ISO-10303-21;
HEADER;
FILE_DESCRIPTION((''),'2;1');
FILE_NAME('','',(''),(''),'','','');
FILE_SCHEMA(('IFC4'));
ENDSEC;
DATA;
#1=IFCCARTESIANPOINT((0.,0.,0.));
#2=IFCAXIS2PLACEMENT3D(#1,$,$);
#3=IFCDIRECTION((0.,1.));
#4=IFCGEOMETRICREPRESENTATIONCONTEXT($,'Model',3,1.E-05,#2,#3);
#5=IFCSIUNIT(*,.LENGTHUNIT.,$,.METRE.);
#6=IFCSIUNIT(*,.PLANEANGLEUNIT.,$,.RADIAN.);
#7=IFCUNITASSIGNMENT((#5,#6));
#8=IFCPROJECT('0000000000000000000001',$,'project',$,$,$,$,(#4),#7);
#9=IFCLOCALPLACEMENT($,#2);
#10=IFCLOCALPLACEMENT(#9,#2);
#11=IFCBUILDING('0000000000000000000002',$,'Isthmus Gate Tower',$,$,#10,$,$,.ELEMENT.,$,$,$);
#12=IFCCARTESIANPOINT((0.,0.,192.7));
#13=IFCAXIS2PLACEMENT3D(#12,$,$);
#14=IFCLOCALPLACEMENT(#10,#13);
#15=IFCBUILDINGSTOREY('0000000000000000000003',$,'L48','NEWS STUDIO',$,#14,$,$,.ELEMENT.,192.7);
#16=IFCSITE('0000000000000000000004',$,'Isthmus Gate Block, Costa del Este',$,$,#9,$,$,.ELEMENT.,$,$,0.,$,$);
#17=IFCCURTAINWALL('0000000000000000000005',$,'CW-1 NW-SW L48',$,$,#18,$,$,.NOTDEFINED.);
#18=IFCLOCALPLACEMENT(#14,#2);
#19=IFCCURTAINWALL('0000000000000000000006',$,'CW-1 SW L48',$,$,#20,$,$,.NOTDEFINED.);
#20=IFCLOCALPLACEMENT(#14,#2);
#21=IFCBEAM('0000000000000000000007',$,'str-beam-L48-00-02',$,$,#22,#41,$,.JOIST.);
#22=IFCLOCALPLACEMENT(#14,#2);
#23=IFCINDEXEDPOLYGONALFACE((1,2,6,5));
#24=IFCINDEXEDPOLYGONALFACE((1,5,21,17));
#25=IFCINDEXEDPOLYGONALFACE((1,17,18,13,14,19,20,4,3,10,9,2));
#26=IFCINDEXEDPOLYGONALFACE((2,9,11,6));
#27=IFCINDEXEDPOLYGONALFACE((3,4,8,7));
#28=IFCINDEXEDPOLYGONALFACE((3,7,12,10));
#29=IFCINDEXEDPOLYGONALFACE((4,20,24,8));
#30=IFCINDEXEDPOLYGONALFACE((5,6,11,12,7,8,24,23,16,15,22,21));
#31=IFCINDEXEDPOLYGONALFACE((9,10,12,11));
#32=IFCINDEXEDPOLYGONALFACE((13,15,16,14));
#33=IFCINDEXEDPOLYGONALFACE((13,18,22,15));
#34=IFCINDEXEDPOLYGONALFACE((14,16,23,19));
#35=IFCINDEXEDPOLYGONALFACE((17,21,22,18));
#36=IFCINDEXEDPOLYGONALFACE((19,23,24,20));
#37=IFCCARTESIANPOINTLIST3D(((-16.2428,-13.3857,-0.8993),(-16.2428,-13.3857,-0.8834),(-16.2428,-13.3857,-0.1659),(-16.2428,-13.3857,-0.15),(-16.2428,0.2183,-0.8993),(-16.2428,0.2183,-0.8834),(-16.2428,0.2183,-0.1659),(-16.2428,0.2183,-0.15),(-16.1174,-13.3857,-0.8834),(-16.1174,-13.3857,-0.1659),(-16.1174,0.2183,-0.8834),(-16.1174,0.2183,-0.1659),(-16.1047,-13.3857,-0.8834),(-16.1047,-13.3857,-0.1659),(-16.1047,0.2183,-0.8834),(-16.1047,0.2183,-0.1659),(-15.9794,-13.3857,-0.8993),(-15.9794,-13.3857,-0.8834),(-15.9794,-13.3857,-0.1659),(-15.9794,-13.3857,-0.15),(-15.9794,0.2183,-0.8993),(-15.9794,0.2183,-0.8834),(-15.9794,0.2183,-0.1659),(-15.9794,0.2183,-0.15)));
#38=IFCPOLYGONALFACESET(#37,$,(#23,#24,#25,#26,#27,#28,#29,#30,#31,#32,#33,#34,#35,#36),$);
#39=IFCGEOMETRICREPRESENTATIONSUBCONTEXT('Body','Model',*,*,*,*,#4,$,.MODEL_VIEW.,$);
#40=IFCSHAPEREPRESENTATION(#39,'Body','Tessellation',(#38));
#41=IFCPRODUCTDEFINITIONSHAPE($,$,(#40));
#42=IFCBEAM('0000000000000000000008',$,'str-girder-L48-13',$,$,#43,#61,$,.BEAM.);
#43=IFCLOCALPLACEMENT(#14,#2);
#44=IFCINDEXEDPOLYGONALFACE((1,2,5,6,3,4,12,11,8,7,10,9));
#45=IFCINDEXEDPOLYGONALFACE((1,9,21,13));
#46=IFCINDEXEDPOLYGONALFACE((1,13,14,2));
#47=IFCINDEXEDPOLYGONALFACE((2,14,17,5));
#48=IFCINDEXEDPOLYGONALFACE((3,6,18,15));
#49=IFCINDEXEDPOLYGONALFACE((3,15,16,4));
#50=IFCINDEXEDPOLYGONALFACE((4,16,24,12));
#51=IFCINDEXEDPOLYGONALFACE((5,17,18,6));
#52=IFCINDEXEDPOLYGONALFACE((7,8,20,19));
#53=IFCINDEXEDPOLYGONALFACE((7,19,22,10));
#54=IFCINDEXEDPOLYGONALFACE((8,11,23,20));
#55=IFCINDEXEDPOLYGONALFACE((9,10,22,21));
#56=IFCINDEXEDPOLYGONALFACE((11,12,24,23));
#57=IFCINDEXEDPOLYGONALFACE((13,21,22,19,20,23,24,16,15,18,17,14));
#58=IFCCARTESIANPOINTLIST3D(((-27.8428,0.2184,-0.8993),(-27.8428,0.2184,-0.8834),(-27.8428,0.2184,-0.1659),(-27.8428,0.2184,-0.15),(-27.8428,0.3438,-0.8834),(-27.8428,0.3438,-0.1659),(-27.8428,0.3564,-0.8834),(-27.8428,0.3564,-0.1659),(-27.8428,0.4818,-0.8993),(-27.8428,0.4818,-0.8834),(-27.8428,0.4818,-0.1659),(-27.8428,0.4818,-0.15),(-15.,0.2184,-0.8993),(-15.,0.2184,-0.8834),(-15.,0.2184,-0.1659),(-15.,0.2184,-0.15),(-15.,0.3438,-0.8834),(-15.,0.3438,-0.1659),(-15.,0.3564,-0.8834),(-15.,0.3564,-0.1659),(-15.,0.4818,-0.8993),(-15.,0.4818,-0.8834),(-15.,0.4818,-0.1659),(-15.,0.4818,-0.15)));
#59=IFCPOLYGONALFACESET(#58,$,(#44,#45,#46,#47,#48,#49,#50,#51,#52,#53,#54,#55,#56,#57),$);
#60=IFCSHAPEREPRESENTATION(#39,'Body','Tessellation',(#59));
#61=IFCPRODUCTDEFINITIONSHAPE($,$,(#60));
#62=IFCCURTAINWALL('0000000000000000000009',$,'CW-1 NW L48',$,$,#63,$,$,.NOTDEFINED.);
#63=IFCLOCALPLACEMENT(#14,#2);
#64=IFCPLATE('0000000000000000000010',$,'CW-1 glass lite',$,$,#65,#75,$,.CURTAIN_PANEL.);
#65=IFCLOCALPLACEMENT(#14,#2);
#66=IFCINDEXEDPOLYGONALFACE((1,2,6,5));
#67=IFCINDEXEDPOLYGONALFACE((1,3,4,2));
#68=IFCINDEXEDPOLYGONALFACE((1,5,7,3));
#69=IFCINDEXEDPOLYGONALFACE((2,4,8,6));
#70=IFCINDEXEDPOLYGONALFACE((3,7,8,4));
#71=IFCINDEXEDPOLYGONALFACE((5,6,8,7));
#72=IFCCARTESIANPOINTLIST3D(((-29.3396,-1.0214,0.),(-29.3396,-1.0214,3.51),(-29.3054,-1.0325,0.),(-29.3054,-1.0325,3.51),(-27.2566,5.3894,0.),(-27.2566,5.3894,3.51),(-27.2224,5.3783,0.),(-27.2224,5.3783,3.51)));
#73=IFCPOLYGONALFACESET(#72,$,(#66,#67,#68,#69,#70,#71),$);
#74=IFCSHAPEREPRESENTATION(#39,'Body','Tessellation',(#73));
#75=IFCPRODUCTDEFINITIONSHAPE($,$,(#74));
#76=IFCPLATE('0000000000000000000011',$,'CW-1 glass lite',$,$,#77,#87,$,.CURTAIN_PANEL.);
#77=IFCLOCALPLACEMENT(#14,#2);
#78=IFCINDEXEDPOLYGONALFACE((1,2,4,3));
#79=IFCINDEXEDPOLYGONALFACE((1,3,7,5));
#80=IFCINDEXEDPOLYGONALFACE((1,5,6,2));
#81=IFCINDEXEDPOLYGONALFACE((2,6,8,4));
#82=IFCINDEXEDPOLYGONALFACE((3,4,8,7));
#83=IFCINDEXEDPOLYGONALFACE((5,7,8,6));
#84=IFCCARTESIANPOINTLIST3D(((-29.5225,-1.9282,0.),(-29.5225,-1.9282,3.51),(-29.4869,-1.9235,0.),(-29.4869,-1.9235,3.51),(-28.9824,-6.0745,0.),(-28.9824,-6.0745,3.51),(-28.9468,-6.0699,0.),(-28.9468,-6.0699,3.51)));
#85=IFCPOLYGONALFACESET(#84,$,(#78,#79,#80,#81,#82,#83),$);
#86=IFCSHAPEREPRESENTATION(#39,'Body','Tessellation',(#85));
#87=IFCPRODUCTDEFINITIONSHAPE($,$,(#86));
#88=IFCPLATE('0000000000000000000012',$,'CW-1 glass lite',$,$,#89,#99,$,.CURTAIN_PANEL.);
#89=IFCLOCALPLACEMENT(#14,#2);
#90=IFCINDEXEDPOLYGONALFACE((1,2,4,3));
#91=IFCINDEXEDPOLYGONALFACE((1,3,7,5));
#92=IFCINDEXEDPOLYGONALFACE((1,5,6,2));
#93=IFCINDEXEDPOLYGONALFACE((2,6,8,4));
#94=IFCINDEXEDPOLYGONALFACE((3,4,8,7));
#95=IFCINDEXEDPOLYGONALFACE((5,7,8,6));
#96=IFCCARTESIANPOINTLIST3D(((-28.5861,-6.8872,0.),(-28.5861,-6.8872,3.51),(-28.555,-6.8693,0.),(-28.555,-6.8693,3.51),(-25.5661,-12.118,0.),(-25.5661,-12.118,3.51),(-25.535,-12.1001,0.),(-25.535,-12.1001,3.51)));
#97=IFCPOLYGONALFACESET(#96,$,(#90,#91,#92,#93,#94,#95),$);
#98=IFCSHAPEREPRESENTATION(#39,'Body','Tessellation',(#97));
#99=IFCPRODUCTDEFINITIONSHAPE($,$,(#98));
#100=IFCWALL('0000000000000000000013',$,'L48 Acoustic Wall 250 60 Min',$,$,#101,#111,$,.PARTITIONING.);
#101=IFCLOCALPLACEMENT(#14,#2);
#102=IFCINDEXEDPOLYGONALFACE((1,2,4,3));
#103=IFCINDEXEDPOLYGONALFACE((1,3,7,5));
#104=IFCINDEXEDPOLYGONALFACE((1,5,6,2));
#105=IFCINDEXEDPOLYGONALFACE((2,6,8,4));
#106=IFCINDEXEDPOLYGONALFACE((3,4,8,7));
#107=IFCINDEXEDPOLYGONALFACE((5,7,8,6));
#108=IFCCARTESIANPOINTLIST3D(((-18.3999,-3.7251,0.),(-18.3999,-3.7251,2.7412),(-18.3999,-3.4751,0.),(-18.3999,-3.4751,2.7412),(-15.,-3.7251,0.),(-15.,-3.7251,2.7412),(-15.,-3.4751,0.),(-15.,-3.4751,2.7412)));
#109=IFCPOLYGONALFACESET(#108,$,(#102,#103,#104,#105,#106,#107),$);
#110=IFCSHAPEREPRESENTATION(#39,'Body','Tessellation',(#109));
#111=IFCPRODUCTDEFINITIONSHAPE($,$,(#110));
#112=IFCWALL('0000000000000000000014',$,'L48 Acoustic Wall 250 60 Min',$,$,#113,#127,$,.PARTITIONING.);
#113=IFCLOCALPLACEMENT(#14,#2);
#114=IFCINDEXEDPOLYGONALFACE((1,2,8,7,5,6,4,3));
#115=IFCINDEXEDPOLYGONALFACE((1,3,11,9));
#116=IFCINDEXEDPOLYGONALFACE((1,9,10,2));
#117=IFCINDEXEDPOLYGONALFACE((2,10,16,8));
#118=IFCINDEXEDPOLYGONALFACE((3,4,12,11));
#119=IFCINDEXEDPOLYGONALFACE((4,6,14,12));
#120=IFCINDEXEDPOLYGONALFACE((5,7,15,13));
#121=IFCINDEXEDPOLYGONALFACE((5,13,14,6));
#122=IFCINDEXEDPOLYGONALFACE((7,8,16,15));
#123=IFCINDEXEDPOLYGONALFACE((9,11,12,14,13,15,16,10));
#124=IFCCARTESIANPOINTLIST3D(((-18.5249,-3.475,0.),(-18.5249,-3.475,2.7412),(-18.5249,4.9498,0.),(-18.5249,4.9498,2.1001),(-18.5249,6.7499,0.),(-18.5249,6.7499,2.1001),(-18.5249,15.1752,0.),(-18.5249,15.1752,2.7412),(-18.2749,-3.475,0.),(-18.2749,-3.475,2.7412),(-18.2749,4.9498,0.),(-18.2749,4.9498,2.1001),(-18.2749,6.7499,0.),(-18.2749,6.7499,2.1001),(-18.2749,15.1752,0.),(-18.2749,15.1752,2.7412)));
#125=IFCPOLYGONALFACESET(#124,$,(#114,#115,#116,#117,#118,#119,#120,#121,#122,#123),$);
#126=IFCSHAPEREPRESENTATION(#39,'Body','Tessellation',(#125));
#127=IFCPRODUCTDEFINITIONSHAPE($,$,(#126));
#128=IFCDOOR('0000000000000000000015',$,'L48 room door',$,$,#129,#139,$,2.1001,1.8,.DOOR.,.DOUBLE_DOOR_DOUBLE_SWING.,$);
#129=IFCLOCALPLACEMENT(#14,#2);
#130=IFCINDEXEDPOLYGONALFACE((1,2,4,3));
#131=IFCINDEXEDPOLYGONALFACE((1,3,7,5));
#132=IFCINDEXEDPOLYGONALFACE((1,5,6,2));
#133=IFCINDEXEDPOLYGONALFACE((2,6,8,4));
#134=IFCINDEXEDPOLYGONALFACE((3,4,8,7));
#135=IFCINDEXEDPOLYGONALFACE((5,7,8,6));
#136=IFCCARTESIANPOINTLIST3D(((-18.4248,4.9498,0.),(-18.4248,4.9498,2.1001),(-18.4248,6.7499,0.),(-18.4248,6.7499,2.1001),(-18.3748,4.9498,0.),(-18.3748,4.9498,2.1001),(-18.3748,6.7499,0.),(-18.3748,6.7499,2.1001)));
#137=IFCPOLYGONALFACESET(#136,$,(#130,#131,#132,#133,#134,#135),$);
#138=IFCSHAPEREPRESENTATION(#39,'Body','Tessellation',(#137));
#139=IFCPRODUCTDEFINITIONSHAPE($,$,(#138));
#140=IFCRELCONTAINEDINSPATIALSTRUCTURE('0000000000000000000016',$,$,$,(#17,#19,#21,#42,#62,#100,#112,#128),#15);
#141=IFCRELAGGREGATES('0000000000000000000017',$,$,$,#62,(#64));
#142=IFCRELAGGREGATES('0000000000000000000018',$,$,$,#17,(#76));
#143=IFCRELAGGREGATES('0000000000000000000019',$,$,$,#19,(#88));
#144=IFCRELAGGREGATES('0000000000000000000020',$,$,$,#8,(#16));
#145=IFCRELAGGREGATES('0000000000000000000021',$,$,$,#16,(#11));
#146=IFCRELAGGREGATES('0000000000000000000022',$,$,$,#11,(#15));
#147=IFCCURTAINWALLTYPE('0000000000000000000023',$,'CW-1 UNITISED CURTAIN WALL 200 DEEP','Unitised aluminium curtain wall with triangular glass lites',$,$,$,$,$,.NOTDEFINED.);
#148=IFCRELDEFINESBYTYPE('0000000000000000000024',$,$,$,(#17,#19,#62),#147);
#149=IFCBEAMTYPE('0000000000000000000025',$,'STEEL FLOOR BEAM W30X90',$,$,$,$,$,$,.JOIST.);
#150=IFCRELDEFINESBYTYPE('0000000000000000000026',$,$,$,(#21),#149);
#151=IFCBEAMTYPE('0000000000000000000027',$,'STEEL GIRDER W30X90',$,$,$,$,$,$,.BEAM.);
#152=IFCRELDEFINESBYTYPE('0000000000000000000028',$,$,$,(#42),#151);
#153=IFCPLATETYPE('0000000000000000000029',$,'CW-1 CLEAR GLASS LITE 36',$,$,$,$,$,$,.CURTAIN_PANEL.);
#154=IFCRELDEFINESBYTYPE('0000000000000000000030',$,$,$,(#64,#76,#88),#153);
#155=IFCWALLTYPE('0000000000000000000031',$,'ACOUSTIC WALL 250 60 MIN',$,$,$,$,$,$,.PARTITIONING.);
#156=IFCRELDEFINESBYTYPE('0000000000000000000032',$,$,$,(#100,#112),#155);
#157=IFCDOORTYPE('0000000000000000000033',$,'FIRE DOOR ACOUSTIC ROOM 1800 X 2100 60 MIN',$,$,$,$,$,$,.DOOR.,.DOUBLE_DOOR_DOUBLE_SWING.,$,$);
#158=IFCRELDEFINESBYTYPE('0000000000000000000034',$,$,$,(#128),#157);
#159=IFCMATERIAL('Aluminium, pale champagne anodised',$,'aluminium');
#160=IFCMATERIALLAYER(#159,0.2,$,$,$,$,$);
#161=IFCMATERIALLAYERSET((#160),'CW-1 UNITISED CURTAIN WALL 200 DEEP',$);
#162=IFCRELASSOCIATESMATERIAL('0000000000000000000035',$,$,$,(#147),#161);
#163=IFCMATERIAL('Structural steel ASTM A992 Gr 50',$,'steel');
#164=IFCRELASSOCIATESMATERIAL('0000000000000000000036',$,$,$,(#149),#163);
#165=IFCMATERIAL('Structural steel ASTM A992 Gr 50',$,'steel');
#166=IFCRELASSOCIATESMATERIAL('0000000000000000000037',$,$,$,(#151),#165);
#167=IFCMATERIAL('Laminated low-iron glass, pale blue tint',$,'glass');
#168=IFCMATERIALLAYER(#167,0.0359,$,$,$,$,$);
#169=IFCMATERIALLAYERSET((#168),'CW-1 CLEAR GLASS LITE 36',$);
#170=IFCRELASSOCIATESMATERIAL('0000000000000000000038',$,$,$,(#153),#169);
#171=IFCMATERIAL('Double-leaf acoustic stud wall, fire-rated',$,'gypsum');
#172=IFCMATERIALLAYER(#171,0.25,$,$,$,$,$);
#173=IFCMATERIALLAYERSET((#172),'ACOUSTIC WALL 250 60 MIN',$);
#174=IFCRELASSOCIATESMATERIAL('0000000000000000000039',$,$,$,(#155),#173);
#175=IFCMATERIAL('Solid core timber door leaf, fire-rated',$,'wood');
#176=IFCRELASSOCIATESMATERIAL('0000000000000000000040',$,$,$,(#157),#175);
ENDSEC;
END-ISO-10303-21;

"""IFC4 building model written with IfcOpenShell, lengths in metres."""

from ifc_helpers import new_model, si_unit, direction, frame, frame_2d, origin, origin_2d, place, context, subcontext, project, spatial, rectangle, i_section, extrude, material, layer, layer_set, material_profile, profile_set, type_object, element, fill, aggregate, save


model = new_model("IFC4")

# Units and contexts
model_context = context("Model", 3, precision=1e-05, world=origin(), true_north=direction((0.0, 1.0)))
body_context = subcontext(model_context, "Body", "Model", "MODEL_VIEW")
ifc_project = project(units=[si_unit("LENGTHUNIT", "METRE"), si_unit("PLANEANGLEUNIT", "RADIAN")], contexts=[model_context])

# Site, building, storey
site_placement = place(None, origin())
site = spatial("IfcSite", under=ifc_project, at=site_placement, Name="Isthmus Gate Block, Costa del Este", CompositionType="ELEMENT", RefElevation=0.0)
building_placement = place(site_placement, origin())
building = spatial("IfcBuilding", under=site, at=building_placement, Name="Isthmus Gate Tower", CompositionType="ELEMENT")
storey_placement = place(building_placement, frame((0.0, 0.0, 192.7)))
storey = spatial("IfcBuildingStorey", under=building, at=storey_placement, Name="L48", Description="NEWS STUDIO", CompositionType="ELEMENT", Elevation=192.7)

# Curtain walls
ifc_material_1 = material(Name="Aluminium, pale champagne anodised", Category="aluminium")
ifc_layer_1 = layer(ifc_material_1, 0.2)
ifc_layer_set_1 = layer_set([ifc_layer_1], Name="CW-1 UNITISED CURTAIN WALL 200 DEEP")
curtain_wall_type = type_object("IfcCurtainWallType", Name="CW-1 UNITISED CURTAIN WALL 200 DEEP", Description="Unitised aluminium curtain wall with triangular glass lites", PredefinedType="NOTDEFINED", material=ifc_layer_set_1)
curtain_wall_1_placement = place(storey_placement, origin())
curtain_wall_1 = element("IfcCurtainWall", 1, at=curtain_wall_1_placement, inside=storey, type_object=curtain_wall_type, Name="CW-1 NW-SW L48", PredefinedType="NOTDEFINED")
curtain_wall_2_placement = place(storey_placement, origin())
curtain_wall_2 = element("IfcCurtainWall", 2, at=curtain_wall_2_placement, inside=storey, type_object=curtain_wall_type, Name="CW-1 SW L48", PredefinedType="NOTDEFINED")

# Beams
ifc_material_2 = material(Name="Structural steel ASTM A992 Gr 50", Category="steel")
ifc_material_profile_1 = material_profile(ifc_material_2, i_section(OverallWidth=0.2634, OverallDepth=0.7493, WebThickness=0.0127, FlangeThickness=0.0159, at=origin_2d()), Name="W30X90")
ifc_profile_set_1 = profile_set([ifc_material_profile_1], Name="Structural steel ASTM A992 Gr 50")
beam_type_1 = type_object("IfcBeamType", Name="STEEL FLOOR BEAM W30X90", PredefinedType="JOIST", material=ifc_profile_set_1)
beam_1_placement = place(storey_placement, frame((-16.1111, -13.3857, -0.5247), z_axis=(0.0, 1.0, 0.0), x_axis=(-1.0, 0.0, 0.0)))
element("IfcBeam", 3, at=beam_1_placement, inside=storey, type_object=beam_type_1, Name="str-beam-L48-00-02", PredefinedType="JOIST", context=body_context, shape_type="SweptSolid", body=[
    extrude(i_section(OverallWidth=0.2634, OverallDepth=0.7493, WebThickness=0.0127, FlangeThickness=0.0159, at=origin_2d()), origin(), (0.0, 0.0, 1.0), 13.604),
])
ifc_material_3 = material(Name="Structural steel ASTM A992 Gr 50", Category="steel")
ifc_material_profile_2 = material_profile(ifc_material_3, i_section(OverallWidth=0.2634, OverallDepth=0.7493, WebThickness=0.0127, FlangeThickness=0.0159, at=origin_2d()), Name="W30X90")
ifc_profile_set_2 = profile_set([ifc_material_profile_2], Name="Structural steel ASTM A992 Gr 50")
beam_type_2 = type_object("IfcBeamType", Name="STEEL GIRDER W30X90", PredefinedType="BEAM", material=ifc_profile_set_2)
beam_2_placement = place(storey_placement, frame((-15.0, 0.3501, -0.5247), z_axis=(-1.0, 0.0, 0.0), x_axis=(0.0, -1.0, 0.0)))
element("IfcBeam", 4, at=beam_2_placement, inside=storey, type_object=beam_type_2, Name="str-girder-L48-13", PredefinedType="BEAM", context=body_context, shape_type="SweptSolid", body=[
    extrude(i_section(OverallWidth=0.2634, OverallDepth=0.7493, WebThickness=0.0127, FlangeThickness=0.0159, at=origin_2d()), origin(), (0.0, 0.0, 1.0), 12.8428),
])

# Curtain wall, plate
curtain_wall_3_placement = place(storey_placement, origin())
curtain_wall_3 = element("IfcCurtainWall", 5, at=curtain_wall_3_placement, inside=storey, type_object=curtain_wall_type, Name="CW-1 NW L48", PredefinedType="NOTDEFINED")
ifc_material_4 = material(Name="Laminated low-iron glass, pale blue tint", Category="glass")
ifc_layer_2 = layer(ifc_material_4, 0.0359)
ifc_layer_set_2 = layer_set([ifc_layer_2], Name="CW-1 CLEAR GLASS LITE 36")
plate_type = type_object("IfcPlateType", Name="CW-1 CLEAR GLASS LITE 36", PredefinedType="CURTAIN_PANEL", material=ifc_layer_set_2)
plate_1_placement = place(storey_placement, frame((-28.281, 2.1785, 0.0), z_axis=(0.0, 0.0, 1.0), x_axis=(-0.309017, -0.951057, 0.0)))
plate_1 = element("IfcPlate", 6, at=plate_1_placement, type_object=plate_type, Name="CW-1 glass lite", PredefinedType="CURTAIN_PANEL", context=body_context, shape_type="SweptSolid", body=[
    extrude(rectangle(XDim=6.7407, YDim=0.0359, at=origin_2d()), origin(), (0.0, 0.0, 1.0), 3.51),
])
aggregate(curtain_wall_3, [plate_1])

# Plates
plate_2_placement = place(storey_placement, frame((-29.2346, -3.999, 0.0), z_axis=(0.0, 0.0, 1.0), x_axis=(0.129165, -0.991623, 0.0)))
plate_2 = element("IfcPlate", 7, at=plate_2_placement, type_object=plate_type, Name="CW-1 glass lite", PredefinedType="CURTAIN_PANEL", context=body_context, shape_type="SweptSolid", body=[
    extrude(rectangle(XDim=4.1814, YDim=0.0359, at=origin_2d()), origin(), (0.0, 0.0, 1.0), 3.51),
])
aggregate(curtain_wall_1, [plate_2])
plate_3_placement = place(storey_placement, frame((-27.0605, -9.4937, 0.0), z_axis=(0.0, 0.0, 1.0), x_axis=(0.5, -0.866025, 0.0)))
plate_3 = element("IfcPlate", 8, at=plate_3_placement, type_object=plate_type, Name="CW-1 glass lite", PredefinedType="CURTAIN_PANEL", context=body_context, shape_type="SweptSolid", body=[
    extrude(rectangle(XDim=6.04, YDim=0.0359, at=origin_2d()), origin(), (0.0, 0.0, 1.0), 3.51),
])
aggregate(curtain_wall_2, [plate_3])

# Wall
ifc_material_5 = material(Name="Double-leaf acoustic stud wall, fire-rated", Category="gypsum")
ifc_layer_3 = layer(ifc_material_5, 0.25)
ifc_layer_set_3 = layer_set([ifc_layer_3], Name="ACOUSTIC WALL 250 60 MIN")
wall_type_1 = type_object("IfcWallType", Name="ACOUSTIC WALL 250 60 MIN", PredefinedType="PARTITIONING", material=ifc_layer_set_3)
wall_1_placement = place(storey_placement, frame((-15.0, -3.6001, 0.0), z_axis=(0.0, 0.0, 1.0), x_axis=(-1.0, 0.0, 0.0)))
element("IfcWall", 9, at=wall_1_placement, inside=storey, type_object=wall_type_1, Name="L48 Acoustic Wall 250 60 Min", PredefinedType="PARTITIONING", context=body_context, shape_type="SweptSolid", body=[
    extrude(rectangle(XDim=3.3999, YDim=0.25, at=frame_2d((1.7, 0.0))), origin(), (0.0, 0.0, 1.0), 2.7412),
])

# Wall, opening, door
wall_2_placement = place(storey_placement, frame((-18.3999, -3.4751, 0.0), z_axis=(0.0, 0.0, 1.0), x_axis=(0.0, 1.0, 0.0)))
wall_2 = element("IfcWall", 10, at=wall_2_placement, inside=storey, type_object=wall_type_1, Name="L48 Acoustic Wall 250 60 Min", PredefinedType="PARTITIONING", context=body_context, shape_type="SweptSolid", body=[
    extrude(rectangle(XDim=18.6501, YDim=0.25, at=frame_2d((9.3252, 0.0))), origin(), (0.0, 0.0, 1.0), 2.7412),
])
opening_1_placement = place(wall_2_placement, frame((8.425, 0.0, 0.0)))
opening_1 = element("IfcOpeningElement", 11, at=opening_1_placement, cuts=wall_2, PredefinedType="OPENING", context=body_context, shape_type="SweptSolid", body=[
    extrude(rectangle(XDim=1.8, YDim=2.1001, at=frame_2d((0.8999, 1.05))), frame((0.0, 0.135, 0.0), z_axis=(0.0, -1.0, 0.0), x_axis=(1.0, 0.0, 0.0)), (0.0, 0.0, 1.0), 0.27),
])
ifc_material_6 = material(Name="Solid core timber door leaf, fire-rated", Category="wood")
door_type_1 = type_object("IfcDoorType", Name="FIRE DOOR ACOUSTIC ROOM 1800 X 2100 60 MIN", OperationType="DOUBLE_DOOR_DOUBLE_SWING", PredefinedType="DOOR", material=ifc_material_6)
door_1_placement = place(opening_1_placement, origin())
door_1 = element("IfcDoor", 12, at=door_1_placement, inside=storey, type_object=door_type_1, Name="L48 room door", OperationType="DOUBLE_DOOR_DOUBLE_SWING", OverallHeight=2.1001, OverallWidth=1.8, PredefinedType="DOOR", context=body_context, shape_type="SweptSolid", body=[
    extrude(rectangle(XDim=1.8, YDim=2.1001, at=frame_2d((0.8999, 1.05))), frame((0.0, 0.0249, 0.0), z_axis=(0.0, -1.0, 0.0), x_axis=(1.0, 0.0, 0.0)), (0.0, 0.0, 1.0), 0.05),
])
fill(opening_1, door_1)

save(model, "model.ifc")
